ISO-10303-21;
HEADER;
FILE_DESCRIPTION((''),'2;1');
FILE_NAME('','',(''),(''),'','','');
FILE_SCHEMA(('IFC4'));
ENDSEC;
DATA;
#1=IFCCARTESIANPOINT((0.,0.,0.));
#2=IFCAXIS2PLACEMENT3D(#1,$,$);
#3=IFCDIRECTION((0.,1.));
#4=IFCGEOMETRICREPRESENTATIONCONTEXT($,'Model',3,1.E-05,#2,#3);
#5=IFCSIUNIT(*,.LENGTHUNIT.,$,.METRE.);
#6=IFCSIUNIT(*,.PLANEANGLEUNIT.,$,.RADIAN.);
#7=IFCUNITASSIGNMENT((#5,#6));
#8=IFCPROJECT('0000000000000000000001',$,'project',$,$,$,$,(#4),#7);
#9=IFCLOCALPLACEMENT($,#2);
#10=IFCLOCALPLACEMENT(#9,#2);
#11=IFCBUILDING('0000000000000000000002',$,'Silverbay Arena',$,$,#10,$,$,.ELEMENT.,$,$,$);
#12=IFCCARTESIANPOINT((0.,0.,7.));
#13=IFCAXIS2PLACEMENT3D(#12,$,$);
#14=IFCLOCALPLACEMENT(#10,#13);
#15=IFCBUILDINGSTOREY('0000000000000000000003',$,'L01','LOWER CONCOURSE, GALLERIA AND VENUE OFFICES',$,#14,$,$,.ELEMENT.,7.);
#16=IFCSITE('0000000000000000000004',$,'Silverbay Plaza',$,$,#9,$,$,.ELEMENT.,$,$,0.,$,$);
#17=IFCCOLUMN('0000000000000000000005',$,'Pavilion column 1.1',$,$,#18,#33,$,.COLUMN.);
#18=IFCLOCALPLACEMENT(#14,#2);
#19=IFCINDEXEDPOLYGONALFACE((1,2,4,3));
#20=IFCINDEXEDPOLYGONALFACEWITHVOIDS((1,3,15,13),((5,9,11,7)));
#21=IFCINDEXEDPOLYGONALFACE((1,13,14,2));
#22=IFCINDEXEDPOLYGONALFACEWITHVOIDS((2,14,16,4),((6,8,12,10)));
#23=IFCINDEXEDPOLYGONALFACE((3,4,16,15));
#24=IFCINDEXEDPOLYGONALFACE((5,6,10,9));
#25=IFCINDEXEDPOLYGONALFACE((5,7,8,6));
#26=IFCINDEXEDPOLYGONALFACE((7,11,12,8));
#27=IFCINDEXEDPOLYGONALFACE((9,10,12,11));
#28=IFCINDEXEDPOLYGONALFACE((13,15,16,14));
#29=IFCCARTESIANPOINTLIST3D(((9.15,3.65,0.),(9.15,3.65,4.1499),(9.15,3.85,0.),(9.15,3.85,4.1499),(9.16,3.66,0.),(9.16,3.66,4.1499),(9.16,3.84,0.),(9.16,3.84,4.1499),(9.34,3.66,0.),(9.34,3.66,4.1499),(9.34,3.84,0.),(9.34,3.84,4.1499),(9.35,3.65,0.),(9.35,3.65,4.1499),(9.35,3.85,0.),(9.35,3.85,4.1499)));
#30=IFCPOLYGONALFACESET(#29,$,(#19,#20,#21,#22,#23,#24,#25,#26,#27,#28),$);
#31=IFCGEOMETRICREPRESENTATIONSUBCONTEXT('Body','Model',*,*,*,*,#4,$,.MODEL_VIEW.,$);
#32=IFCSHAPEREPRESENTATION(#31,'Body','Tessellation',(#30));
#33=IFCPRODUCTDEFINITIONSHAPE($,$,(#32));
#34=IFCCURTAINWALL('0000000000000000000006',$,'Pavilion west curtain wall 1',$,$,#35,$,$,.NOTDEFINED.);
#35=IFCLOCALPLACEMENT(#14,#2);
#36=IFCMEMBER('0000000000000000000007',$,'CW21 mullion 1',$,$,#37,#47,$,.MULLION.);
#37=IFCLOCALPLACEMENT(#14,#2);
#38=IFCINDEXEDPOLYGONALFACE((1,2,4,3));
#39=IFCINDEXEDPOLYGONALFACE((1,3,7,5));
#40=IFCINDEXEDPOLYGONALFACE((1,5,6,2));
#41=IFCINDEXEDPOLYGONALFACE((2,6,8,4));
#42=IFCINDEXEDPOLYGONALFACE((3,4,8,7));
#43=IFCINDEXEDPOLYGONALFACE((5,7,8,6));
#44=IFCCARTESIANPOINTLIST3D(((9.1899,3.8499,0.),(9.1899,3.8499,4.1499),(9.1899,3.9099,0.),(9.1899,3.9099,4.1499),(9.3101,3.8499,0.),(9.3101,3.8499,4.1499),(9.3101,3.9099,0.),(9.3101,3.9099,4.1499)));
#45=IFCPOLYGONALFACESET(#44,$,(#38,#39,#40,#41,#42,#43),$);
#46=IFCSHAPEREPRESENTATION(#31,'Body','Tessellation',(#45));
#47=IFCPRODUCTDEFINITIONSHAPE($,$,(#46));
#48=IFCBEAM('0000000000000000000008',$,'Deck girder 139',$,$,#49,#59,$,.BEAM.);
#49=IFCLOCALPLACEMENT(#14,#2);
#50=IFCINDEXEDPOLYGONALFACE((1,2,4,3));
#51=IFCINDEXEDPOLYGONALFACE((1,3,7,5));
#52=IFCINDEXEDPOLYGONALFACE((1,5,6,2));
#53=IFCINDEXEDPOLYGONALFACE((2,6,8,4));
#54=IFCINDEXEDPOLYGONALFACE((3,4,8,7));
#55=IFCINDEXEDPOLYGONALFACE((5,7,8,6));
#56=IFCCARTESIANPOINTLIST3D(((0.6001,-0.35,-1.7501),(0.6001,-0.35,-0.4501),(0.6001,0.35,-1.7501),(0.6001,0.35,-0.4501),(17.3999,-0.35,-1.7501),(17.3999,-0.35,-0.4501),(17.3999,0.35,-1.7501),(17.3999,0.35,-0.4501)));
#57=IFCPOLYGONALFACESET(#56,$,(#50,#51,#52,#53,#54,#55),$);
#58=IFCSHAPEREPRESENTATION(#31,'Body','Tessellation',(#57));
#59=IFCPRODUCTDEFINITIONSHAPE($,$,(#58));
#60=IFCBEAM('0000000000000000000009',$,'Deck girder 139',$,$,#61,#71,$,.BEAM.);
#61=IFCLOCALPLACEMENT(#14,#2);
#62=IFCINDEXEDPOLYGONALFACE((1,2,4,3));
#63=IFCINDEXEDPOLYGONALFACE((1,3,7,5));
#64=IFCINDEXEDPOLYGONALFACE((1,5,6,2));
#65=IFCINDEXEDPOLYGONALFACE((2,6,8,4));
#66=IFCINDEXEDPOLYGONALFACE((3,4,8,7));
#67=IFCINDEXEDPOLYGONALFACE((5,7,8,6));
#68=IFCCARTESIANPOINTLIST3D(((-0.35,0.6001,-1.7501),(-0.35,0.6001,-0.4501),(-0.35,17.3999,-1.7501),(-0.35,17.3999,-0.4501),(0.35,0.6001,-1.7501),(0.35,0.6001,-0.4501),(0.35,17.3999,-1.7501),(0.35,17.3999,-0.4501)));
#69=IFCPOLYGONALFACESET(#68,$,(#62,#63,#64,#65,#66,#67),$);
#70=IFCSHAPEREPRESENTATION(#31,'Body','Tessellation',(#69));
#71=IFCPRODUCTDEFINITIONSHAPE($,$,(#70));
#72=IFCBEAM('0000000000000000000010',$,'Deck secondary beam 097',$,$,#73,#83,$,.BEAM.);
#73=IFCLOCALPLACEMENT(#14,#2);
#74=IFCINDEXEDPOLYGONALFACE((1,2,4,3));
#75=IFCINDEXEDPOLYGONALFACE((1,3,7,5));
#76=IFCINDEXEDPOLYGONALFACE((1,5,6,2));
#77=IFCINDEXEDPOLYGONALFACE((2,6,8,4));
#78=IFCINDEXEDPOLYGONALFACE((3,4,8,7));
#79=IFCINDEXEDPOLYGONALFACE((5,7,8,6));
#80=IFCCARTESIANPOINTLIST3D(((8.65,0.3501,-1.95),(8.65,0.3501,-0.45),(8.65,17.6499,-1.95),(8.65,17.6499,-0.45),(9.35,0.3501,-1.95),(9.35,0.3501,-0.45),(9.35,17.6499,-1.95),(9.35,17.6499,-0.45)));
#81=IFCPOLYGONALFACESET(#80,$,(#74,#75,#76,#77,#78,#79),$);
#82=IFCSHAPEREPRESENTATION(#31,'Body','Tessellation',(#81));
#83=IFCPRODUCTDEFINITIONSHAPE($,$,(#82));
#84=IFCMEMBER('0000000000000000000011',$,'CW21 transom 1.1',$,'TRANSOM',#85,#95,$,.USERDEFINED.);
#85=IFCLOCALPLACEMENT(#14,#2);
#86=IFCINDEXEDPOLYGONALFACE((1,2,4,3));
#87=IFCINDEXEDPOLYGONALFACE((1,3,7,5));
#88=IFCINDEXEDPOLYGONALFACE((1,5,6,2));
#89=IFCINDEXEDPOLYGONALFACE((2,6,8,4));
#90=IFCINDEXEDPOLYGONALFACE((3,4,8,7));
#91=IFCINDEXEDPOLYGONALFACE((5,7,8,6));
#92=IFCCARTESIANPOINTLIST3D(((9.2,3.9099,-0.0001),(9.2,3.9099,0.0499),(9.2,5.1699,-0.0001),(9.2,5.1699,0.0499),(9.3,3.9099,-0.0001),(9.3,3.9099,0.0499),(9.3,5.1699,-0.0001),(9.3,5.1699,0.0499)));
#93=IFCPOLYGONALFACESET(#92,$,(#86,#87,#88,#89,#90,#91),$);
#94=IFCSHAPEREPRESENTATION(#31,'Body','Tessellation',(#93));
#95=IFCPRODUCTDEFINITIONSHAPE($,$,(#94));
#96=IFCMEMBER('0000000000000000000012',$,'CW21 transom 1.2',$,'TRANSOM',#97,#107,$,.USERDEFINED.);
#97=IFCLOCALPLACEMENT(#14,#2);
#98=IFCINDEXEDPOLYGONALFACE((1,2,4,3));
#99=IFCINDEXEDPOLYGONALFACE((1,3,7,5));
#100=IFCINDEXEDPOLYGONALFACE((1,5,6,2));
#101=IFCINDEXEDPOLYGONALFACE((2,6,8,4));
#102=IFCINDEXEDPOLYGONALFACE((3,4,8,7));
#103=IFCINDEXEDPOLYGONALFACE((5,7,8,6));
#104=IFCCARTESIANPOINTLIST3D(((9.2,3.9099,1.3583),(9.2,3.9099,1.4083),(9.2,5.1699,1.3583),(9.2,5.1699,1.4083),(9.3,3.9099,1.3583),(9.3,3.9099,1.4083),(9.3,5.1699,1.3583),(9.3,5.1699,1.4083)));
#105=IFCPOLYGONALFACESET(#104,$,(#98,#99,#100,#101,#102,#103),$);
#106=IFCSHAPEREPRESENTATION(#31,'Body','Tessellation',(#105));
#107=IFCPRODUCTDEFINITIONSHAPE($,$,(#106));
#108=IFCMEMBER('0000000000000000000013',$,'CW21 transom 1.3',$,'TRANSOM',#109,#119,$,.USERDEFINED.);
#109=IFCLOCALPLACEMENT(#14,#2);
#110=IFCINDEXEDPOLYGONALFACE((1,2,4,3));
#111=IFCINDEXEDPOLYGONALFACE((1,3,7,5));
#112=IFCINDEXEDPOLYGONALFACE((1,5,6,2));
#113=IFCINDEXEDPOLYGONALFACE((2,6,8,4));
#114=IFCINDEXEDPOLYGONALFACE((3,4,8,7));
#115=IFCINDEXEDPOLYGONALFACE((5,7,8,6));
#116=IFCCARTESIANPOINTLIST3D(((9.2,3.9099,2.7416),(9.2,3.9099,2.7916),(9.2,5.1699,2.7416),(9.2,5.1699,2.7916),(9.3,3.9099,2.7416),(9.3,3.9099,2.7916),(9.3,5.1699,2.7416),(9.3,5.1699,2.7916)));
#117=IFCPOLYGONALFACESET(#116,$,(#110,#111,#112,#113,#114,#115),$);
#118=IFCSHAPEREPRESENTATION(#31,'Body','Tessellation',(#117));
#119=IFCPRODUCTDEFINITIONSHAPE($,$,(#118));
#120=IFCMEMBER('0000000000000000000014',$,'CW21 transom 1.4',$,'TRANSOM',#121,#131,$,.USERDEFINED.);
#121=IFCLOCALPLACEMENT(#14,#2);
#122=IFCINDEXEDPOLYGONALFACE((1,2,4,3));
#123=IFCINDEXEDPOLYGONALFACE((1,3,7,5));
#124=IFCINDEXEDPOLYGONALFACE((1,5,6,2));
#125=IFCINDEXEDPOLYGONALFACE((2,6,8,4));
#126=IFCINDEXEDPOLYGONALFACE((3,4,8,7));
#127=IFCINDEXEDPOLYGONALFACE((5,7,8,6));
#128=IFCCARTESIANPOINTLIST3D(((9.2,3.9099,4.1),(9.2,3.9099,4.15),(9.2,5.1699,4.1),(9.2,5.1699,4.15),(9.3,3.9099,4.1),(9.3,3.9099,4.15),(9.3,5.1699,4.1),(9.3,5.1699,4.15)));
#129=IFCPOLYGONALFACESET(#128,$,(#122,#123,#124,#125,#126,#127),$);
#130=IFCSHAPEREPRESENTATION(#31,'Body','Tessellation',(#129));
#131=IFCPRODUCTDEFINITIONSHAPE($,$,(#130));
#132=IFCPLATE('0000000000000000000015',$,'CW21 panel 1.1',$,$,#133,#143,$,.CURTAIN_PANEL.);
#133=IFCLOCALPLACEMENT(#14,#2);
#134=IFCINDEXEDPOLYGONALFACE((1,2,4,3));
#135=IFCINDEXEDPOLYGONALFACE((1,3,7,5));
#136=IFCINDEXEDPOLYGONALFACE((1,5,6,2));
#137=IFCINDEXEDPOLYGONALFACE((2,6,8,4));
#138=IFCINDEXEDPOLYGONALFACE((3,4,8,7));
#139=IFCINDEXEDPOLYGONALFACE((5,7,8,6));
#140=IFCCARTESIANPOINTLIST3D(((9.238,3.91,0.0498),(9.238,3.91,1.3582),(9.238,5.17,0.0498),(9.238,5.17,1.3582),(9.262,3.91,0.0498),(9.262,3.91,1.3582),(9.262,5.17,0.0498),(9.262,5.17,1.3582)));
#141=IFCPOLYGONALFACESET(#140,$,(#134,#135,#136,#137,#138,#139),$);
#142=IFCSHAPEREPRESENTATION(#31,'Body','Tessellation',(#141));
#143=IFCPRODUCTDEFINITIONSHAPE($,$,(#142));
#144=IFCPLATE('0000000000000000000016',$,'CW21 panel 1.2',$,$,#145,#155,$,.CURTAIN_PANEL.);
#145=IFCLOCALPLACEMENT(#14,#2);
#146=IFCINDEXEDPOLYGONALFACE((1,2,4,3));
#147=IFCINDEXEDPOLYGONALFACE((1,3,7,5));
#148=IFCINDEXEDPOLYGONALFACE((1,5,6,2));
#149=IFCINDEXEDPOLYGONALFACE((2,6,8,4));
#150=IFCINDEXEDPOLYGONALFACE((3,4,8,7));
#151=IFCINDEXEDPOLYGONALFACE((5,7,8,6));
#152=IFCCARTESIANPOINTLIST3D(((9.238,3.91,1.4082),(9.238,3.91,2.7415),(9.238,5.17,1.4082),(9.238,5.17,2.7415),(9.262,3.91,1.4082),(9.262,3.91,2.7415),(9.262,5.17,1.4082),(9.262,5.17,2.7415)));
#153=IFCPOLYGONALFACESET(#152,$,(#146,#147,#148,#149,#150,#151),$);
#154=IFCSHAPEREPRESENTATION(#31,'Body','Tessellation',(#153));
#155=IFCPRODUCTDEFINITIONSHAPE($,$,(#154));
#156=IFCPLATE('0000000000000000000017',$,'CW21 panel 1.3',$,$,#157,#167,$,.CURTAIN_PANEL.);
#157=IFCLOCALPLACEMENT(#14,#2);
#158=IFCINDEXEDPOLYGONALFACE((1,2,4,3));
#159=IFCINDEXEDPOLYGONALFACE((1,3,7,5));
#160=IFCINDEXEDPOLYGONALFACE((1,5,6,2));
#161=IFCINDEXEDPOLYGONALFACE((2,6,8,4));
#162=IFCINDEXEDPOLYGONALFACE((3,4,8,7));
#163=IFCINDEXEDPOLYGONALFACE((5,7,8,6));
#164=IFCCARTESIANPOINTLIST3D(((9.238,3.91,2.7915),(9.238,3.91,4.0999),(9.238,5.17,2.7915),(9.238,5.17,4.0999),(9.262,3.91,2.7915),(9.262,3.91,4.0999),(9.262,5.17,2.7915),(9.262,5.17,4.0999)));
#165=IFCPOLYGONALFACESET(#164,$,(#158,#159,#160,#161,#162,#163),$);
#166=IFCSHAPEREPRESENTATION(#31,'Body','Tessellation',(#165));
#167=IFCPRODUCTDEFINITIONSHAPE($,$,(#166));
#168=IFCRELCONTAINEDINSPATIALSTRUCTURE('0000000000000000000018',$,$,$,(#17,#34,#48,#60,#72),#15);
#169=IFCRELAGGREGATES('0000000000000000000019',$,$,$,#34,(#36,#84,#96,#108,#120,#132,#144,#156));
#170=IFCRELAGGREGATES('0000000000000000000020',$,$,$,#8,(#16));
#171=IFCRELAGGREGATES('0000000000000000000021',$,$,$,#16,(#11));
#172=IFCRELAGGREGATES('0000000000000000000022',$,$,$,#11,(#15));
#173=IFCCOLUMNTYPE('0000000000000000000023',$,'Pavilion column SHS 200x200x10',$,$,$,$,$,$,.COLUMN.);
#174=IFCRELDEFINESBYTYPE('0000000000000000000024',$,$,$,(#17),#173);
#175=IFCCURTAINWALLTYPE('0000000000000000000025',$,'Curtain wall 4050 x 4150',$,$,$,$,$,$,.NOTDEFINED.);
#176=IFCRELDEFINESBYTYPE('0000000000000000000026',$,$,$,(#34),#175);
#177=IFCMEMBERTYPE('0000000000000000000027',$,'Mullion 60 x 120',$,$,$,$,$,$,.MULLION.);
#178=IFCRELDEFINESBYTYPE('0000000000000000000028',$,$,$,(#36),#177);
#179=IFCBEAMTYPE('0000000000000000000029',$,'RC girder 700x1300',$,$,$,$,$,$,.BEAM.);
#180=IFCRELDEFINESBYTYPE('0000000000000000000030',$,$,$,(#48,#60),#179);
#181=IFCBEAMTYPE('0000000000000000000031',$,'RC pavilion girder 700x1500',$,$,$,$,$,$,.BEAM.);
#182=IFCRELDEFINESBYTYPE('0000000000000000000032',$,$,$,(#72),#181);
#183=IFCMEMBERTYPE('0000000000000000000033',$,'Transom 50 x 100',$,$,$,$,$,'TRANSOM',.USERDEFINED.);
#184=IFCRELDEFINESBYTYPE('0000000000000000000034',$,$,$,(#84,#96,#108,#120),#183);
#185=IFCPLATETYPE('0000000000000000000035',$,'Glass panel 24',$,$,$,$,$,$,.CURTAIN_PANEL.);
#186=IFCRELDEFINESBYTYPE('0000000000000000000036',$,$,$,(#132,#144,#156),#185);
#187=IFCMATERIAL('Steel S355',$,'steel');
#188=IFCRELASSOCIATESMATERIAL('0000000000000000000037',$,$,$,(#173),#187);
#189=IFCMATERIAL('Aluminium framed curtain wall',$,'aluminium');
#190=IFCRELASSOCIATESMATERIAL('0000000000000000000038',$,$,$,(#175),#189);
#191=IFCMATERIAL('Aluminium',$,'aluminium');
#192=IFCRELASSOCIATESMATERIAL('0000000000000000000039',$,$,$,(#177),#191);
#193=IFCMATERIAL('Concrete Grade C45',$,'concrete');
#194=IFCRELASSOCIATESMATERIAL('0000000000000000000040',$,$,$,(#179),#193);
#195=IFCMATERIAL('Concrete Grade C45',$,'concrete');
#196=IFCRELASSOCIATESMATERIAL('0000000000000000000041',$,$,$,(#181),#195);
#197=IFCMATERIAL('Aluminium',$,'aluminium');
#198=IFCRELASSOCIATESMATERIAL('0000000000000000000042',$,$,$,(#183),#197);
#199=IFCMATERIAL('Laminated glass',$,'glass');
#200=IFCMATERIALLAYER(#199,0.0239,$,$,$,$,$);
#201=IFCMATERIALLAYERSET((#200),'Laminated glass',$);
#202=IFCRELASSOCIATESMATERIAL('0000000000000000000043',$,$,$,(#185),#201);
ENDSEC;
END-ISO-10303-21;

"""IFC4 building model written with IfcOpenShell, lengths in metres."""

from ifc_helpers import new_model, si_unit, direction, frame, origin, origin_2d, place, context, subcontext, project, spatial, rectangle, hollow_rectangle, extrude, material, layer, layer_set, material_profile, profile_set, type_object, element, aggregate, save


model = new_model("IFC4")

# Units and contexts
model_context = context("Model", 3, precision=1e-05, world=origin(), true_north=direction((0.0, 1.0)))
body_context = subcontext(model_context, "Body", "Model", "MODEL_VIEW")
ifc_project = project(units=[si_unit("LENGTHUNIT", "METRE"), si_unit("PLANEANGLEUNIT", "RADIAN")], contexts=[model_context])

# Site, building, storey
site_placement = place(None, origin())
site = spatial("IfcSite", under=ifc_project, at=site_placement, Name="Silverbay Plaza", CompositionType="ELEMENT", RefElevation=0.0)
building_placement = place(site_placement, origin())
building = spatial("IfcBuilding", under=site, at=building_placement, Name="Silverbay Arena", CompositionType="ELEMENT")
storey_placement = place(building_placement, frame((0.0, 0.0, 7.0)))
storey = spatial("IfcBuildingStorey", under=building, at=storey_placement, Name="L01", Description="LOWER CONCOURSE, GALLERIA AND VENUE OFFICES", CompositionType="ELEMENT", Elevation=7.0)

# Column
ifc_material_1 = material(Name="Steel S355", Category="steel")
ifc_material_profile_1 = material_profile(ifc_material_1, hollow_rectangle(XDim=0.2, YDim=0.2, WallThickness=0.01, at=origin_2d()), Name="SHS 200x200x10")
ifc_profile_set_1 = profile_set([ifc_material_profile_1], Name="Steel S355")
column_type = type_object("IfcColumnType", Name="Pavilion column SHS 200x200x10", PredefinedType="COLUMN", material=ifc_profile_set_1)
column_placement = place(storey_placement, frame((9.25, 3.75, 0.0), z_axis=(0.0, 0.0, 1.0), x_axis=(1.0, 0.0, 0.0)))
element("IfcColumn", 1, at=column_placement, inside=storey, type_object=column_type, Name="Pavilion column 1.1", PredefinedType="COLUMN", context=body_context, shape_type="SweptSolid", body=[
    extrude(hollow_rectangle(XDim=0.2, YDim=0.2, WallThickness=0.01, at=origin_2d()), origin(), (0.0, 0.0, 1.0), 4.1499),
])

# Curtain wall, member
ifc_material_2 = material(Name="Aluminium framed curtain wall", Category="aluminium")
curtain_wall_type = type_object("IfcCurtainWallType", Name="Curtain wall 4050 x 4150", PredefinedType="NOTDEFINED", material=ifc_material_2)
curtain_wall_placement = place(storey_placement, origin())
curtain_wall = element("IfcCurtainWall", 2, at=curtain_wall_placement, inside=storey, type_object=curtain_wall_type, Name="Pavilion west curtain wall 1", PredefinedType="NOTDEFINED")
ifc_material_3 = material(Name="Aluminium", Category="aluminium")
ifc_material_profile_2 = material_profile(ifc_material_3, rectangle(XDim=0.1201, YDim=0.0601, at=origin_2d()), Name="Mullion 60 x 120")
ifc_profile_set_2 = profile_set([ifc_material_profile_2], Name="Aluminium")
member_type_1 = type_object("IfcMemberType", Name="Mullion 60 x 120", PredefinedType="MULLION", material=ifc_profile_set_2)
member_1_placement = place(storey_placement, frame((9.25, 3.8799, 0.0), z_axis=(0.0, 0.0, 1.0), x_axis=(-1.0, 0.0, 0.0)))
member_1 = element("IfcMember", 3, at=member_1_placement, type_object=member_type_1, Name="CW21 mullion 1", PredefinedType="MULLION", context=body_context, shape_type="SweptSolid", body=[
    extrude(rectangle(XDim=0.1201, YDim=0.0601, at=origin_2d()), origin(), (0.0, 0.0, 1.0), 4.1499),
])

# Beams
ifc_material_4 = material(Name="Concrete Grade C45", Category="concrete")
ifc_material_profile_3 = material_profile(ifc_material_4, rectangle(XDim=0.7, YDim=1.3, at=origin_2d()), Name="RC 700x1300")
ifc_profile_set_3 = profile_set([ifc_material_profile_3], Name="Concrete Grade C45")
beam_type_1 = type_object("IfcBeamType", Name="RC girder 700x1300", PredefinedType="BEAM", material=ifc_profile_set_3)
for number, where, z_axis, x_axis, name in (
    (4, (0.6001, 0.0, -1.1001), (1.0, 0.0, 0.0), (0.0, 1.0, 0.0), "Deck girder 139"),
    (5, (0.0, 0.6001, -1.1001), (0.0, 1.0, 0.0), (-1.0, 0.0, 0.0), "Deck girder 139"),
):
    element("IfcBeam", number, at=place(storey_placement, frame(where, z_axis=z_axis, x_axis=x_axis)), inside=storey, type_object=beam_type_1, Name=name, PredefinedType="BEAM", context=body_context, shape_type="SweptSolid", body=[
        extrude(rectangle(XDim=0.7, YDim=1.3, at=origin_2d()), origin(), (0.0, 0.0, 1.0), 16.7998),
    ])
ifc_material_5 = material(Name="Concrete Grade C45", Category="concrete")
ifc_material_profile_4 = material_profile(ifc_material_5, rectangle(XDim=0.7, YDim=1.5, at=origin_2d()), Name="RC 700x1500")
ifc_profile_set_4 = profile_set([ifc_material_profile_4], Name="Concrete Grade C45")
beam_type_2 = type_object("IfcBeamType", Name="RC pavilion girder 700x1500", PredefinedType="BEAM", material=ifc_profile_set_4)
beam_placement = place(storey_placement, frame((9.0, 0.3501, -1.2), z_axis=(0.0, 1.0, 0.0), x_axis=(-1.0, 0.0, 0.0)))
element("IfcBeam", 6, at=beam_placement, inside=storey, type_object=beam_type_2, Name="Deck secondary beam 097", PredefinedType="BEAM", context=body_context, shape_type="SweptSolid", body=[
    extrude(rectangle(XDim=0.7, YDim=1.5, at=origin_2d()), origin(), (0.0, 0.0, 1.0), 17.2998),
])

# Members
ifc_material_6 = material(Name="Aluminium", Category="aluminium")
ifc_material_profile_5 = material_profile(ifc_material_6, rectangle(XDim=0.1001, YDim=0.05, at=origin_2d()), Name="Transom 50 x 100")
ifc_profile_set_5 = profile_set([ifc_material_profile_5], Name="Aluminium")
member_type_2 = type_object("IfcMemberType", Name="Transom 50 x 100", ElementType="TRANSOM", PredefinedType="USERDEFINED", material=ifc_profile_set_5)
member_2_placement = place(storey_placement, frame((9.25, 3.9099, 0.0249), z_axis=(0.0, 1.0, 0.0), x_axis=(-1.0, 0.0, 0.0)))
member_2 = element("IfcMember", 7, at=member_2_placement, type_object=member_type_2, Name="CW21 transom 1.1", ObjectType="TRANSOM", PredefinedType="USERDEFINED", context=body_context, shape_type="SweptSolid", body=[
    extrude(rectangle(XDim=0.1001, YDim=0.05, at=origin_2d()), origin(), (0.0, 0.0, 1.0), 1.26),
])
member_3_placement = place(storey_placement, frame((9.25, 3.9099, 1.3833), z_axis=(0.0, 1.0, 0.0), x_axis=(-1.0, 0.0, 0.0)))
member_3 = element("IfcMember", 8, at=member_3_placement, type_object=member_type_2, Name="CW21 transom 1.2", ObjectType="TRANSOM", PredefinedType="USERDEFINED", context=body_context, shape_type="SweptSolid", body=[
    extrude(rectangle(XDim=0.1001, YDim=0.05, at=origin_2d()), origin(), (0.0, 0.0, 1.0), 1.26),
])
member_4_placement = place(storey_placement, frame((9.25, 3.9099, 2.7666), z_axis=(0.0, 1.0, 0.0), x_axis=(-1.0, 0.0, 0.0)))
member_4 = element("IfcMember", 9, at=member_4_placement, type_object=member_type_2, Name="CW21 transom 1.3", ObjectType="TRANSOM", PredefinedType="USERDEFINED", context=body_context, shape_type="SweptSolid", body=[
    extrude(rectangle(XDim=0.1001, YDim=0.05, at=origin_2d()), origin(), (0.0, 0.0, 1.0), 1.26),
])
member_5_placement = place(storey_placement, frame((9.25, 3.9099, 4.125), z_axis=(0.0, 1.0, 0.0), x_axis=(-1.0, 0.0, 0.0)))
member_5 = element("IfcMember", 10, at=member_5_placement, type_object=member_type_2, Name="CW21 transom 1.4", ObjectType="TRANSOM", PredefinedType="USERDEFINED", context=body_context, shape_type="SweptSolid", body=[
    extrude(rectangle(XDim=0.1001, YDim=0.05, at=origin_2d()), origin(), (0.0, 0.0, 1.0), 1.26),
])

# Plates
ifc_material_7 = material(Name="Laminated glass", Category="glass")
ifc_layer_1 = layer(ifc_material_7, 0.0239)
ifc_layer_set_1 = layer_set([ifc_layer_1], Name="Laminated glass")
plate_type = type_object("IfcPlateType", Name="Glass panel 24", PredefinedType="CURTAIN_PANEL", material=ifc_layer_set_1)
plate_1_placement = place(storey_placement, frame((9.25, 4.54, 0.0498), z_axis=(0.0, 0.0, 1.0), x_axis=(0.0, 1.0, 0.0)))
plate_1 = element("IfcPlate", 11, at=plate_1_placement, type_object=plate_type, Name="CW21 panel 1.1", PredefinedType="CURTAIN_PANEL", context=body_context, shape_type="SweptSolid", body=[
    extrude(rectangle(XDim=1.26, YDim=0.0239, at=origin_2d()), origin(), (0.0, 0.0, 1.0), 1.3083),
])
plate_2_placement = place(storey_placement, frame((9.25, 4.54, 1.4082), z_axis=(0.0, 0.0, 1.0), x_axis=(0.0, 1.0, 0.0)))
plate_2 = element("IfcPlate", 12, at=plate_2_placement, type_object=plate_type, Name="CW21 panel 1.2", PredefinedType="CURTAIN_PANEL", context=body_context, shape_type="SweptSolid", body=[
    extrude(rectangle(XDim=1.26, YDim=0.0239, at=origin_2d()), origin(), (0.0, 0.0, 1.0), 1.3333),
])
plate_3_placement = place(storey_placement, frame((9.25, 4.54, 2.7915), z_axis=(0.0, 0.0, 1.0), x_axis=(0.0, 1.0, 0.0)))
plate_3 = element("IfcPlate", 13, at=plate_3_placement, type_object=plate_type, Name="CW21 panel 1.3", PredefinedType="CURTAIN_PANEL", context=body_context, shape_type="SweptSolid", body=[
    extrude(rectangle(XDim=1.26, YDim=0.0239, at=origin_2d()), origin(), (0.0, 0.0, 1.0), 1.3083),
])
aggregate(curtain_wall, [member_1, member_2, member_3, member_4, member_5, plate_1, plate_2, plate_3])

save(model, "model.ifc")
